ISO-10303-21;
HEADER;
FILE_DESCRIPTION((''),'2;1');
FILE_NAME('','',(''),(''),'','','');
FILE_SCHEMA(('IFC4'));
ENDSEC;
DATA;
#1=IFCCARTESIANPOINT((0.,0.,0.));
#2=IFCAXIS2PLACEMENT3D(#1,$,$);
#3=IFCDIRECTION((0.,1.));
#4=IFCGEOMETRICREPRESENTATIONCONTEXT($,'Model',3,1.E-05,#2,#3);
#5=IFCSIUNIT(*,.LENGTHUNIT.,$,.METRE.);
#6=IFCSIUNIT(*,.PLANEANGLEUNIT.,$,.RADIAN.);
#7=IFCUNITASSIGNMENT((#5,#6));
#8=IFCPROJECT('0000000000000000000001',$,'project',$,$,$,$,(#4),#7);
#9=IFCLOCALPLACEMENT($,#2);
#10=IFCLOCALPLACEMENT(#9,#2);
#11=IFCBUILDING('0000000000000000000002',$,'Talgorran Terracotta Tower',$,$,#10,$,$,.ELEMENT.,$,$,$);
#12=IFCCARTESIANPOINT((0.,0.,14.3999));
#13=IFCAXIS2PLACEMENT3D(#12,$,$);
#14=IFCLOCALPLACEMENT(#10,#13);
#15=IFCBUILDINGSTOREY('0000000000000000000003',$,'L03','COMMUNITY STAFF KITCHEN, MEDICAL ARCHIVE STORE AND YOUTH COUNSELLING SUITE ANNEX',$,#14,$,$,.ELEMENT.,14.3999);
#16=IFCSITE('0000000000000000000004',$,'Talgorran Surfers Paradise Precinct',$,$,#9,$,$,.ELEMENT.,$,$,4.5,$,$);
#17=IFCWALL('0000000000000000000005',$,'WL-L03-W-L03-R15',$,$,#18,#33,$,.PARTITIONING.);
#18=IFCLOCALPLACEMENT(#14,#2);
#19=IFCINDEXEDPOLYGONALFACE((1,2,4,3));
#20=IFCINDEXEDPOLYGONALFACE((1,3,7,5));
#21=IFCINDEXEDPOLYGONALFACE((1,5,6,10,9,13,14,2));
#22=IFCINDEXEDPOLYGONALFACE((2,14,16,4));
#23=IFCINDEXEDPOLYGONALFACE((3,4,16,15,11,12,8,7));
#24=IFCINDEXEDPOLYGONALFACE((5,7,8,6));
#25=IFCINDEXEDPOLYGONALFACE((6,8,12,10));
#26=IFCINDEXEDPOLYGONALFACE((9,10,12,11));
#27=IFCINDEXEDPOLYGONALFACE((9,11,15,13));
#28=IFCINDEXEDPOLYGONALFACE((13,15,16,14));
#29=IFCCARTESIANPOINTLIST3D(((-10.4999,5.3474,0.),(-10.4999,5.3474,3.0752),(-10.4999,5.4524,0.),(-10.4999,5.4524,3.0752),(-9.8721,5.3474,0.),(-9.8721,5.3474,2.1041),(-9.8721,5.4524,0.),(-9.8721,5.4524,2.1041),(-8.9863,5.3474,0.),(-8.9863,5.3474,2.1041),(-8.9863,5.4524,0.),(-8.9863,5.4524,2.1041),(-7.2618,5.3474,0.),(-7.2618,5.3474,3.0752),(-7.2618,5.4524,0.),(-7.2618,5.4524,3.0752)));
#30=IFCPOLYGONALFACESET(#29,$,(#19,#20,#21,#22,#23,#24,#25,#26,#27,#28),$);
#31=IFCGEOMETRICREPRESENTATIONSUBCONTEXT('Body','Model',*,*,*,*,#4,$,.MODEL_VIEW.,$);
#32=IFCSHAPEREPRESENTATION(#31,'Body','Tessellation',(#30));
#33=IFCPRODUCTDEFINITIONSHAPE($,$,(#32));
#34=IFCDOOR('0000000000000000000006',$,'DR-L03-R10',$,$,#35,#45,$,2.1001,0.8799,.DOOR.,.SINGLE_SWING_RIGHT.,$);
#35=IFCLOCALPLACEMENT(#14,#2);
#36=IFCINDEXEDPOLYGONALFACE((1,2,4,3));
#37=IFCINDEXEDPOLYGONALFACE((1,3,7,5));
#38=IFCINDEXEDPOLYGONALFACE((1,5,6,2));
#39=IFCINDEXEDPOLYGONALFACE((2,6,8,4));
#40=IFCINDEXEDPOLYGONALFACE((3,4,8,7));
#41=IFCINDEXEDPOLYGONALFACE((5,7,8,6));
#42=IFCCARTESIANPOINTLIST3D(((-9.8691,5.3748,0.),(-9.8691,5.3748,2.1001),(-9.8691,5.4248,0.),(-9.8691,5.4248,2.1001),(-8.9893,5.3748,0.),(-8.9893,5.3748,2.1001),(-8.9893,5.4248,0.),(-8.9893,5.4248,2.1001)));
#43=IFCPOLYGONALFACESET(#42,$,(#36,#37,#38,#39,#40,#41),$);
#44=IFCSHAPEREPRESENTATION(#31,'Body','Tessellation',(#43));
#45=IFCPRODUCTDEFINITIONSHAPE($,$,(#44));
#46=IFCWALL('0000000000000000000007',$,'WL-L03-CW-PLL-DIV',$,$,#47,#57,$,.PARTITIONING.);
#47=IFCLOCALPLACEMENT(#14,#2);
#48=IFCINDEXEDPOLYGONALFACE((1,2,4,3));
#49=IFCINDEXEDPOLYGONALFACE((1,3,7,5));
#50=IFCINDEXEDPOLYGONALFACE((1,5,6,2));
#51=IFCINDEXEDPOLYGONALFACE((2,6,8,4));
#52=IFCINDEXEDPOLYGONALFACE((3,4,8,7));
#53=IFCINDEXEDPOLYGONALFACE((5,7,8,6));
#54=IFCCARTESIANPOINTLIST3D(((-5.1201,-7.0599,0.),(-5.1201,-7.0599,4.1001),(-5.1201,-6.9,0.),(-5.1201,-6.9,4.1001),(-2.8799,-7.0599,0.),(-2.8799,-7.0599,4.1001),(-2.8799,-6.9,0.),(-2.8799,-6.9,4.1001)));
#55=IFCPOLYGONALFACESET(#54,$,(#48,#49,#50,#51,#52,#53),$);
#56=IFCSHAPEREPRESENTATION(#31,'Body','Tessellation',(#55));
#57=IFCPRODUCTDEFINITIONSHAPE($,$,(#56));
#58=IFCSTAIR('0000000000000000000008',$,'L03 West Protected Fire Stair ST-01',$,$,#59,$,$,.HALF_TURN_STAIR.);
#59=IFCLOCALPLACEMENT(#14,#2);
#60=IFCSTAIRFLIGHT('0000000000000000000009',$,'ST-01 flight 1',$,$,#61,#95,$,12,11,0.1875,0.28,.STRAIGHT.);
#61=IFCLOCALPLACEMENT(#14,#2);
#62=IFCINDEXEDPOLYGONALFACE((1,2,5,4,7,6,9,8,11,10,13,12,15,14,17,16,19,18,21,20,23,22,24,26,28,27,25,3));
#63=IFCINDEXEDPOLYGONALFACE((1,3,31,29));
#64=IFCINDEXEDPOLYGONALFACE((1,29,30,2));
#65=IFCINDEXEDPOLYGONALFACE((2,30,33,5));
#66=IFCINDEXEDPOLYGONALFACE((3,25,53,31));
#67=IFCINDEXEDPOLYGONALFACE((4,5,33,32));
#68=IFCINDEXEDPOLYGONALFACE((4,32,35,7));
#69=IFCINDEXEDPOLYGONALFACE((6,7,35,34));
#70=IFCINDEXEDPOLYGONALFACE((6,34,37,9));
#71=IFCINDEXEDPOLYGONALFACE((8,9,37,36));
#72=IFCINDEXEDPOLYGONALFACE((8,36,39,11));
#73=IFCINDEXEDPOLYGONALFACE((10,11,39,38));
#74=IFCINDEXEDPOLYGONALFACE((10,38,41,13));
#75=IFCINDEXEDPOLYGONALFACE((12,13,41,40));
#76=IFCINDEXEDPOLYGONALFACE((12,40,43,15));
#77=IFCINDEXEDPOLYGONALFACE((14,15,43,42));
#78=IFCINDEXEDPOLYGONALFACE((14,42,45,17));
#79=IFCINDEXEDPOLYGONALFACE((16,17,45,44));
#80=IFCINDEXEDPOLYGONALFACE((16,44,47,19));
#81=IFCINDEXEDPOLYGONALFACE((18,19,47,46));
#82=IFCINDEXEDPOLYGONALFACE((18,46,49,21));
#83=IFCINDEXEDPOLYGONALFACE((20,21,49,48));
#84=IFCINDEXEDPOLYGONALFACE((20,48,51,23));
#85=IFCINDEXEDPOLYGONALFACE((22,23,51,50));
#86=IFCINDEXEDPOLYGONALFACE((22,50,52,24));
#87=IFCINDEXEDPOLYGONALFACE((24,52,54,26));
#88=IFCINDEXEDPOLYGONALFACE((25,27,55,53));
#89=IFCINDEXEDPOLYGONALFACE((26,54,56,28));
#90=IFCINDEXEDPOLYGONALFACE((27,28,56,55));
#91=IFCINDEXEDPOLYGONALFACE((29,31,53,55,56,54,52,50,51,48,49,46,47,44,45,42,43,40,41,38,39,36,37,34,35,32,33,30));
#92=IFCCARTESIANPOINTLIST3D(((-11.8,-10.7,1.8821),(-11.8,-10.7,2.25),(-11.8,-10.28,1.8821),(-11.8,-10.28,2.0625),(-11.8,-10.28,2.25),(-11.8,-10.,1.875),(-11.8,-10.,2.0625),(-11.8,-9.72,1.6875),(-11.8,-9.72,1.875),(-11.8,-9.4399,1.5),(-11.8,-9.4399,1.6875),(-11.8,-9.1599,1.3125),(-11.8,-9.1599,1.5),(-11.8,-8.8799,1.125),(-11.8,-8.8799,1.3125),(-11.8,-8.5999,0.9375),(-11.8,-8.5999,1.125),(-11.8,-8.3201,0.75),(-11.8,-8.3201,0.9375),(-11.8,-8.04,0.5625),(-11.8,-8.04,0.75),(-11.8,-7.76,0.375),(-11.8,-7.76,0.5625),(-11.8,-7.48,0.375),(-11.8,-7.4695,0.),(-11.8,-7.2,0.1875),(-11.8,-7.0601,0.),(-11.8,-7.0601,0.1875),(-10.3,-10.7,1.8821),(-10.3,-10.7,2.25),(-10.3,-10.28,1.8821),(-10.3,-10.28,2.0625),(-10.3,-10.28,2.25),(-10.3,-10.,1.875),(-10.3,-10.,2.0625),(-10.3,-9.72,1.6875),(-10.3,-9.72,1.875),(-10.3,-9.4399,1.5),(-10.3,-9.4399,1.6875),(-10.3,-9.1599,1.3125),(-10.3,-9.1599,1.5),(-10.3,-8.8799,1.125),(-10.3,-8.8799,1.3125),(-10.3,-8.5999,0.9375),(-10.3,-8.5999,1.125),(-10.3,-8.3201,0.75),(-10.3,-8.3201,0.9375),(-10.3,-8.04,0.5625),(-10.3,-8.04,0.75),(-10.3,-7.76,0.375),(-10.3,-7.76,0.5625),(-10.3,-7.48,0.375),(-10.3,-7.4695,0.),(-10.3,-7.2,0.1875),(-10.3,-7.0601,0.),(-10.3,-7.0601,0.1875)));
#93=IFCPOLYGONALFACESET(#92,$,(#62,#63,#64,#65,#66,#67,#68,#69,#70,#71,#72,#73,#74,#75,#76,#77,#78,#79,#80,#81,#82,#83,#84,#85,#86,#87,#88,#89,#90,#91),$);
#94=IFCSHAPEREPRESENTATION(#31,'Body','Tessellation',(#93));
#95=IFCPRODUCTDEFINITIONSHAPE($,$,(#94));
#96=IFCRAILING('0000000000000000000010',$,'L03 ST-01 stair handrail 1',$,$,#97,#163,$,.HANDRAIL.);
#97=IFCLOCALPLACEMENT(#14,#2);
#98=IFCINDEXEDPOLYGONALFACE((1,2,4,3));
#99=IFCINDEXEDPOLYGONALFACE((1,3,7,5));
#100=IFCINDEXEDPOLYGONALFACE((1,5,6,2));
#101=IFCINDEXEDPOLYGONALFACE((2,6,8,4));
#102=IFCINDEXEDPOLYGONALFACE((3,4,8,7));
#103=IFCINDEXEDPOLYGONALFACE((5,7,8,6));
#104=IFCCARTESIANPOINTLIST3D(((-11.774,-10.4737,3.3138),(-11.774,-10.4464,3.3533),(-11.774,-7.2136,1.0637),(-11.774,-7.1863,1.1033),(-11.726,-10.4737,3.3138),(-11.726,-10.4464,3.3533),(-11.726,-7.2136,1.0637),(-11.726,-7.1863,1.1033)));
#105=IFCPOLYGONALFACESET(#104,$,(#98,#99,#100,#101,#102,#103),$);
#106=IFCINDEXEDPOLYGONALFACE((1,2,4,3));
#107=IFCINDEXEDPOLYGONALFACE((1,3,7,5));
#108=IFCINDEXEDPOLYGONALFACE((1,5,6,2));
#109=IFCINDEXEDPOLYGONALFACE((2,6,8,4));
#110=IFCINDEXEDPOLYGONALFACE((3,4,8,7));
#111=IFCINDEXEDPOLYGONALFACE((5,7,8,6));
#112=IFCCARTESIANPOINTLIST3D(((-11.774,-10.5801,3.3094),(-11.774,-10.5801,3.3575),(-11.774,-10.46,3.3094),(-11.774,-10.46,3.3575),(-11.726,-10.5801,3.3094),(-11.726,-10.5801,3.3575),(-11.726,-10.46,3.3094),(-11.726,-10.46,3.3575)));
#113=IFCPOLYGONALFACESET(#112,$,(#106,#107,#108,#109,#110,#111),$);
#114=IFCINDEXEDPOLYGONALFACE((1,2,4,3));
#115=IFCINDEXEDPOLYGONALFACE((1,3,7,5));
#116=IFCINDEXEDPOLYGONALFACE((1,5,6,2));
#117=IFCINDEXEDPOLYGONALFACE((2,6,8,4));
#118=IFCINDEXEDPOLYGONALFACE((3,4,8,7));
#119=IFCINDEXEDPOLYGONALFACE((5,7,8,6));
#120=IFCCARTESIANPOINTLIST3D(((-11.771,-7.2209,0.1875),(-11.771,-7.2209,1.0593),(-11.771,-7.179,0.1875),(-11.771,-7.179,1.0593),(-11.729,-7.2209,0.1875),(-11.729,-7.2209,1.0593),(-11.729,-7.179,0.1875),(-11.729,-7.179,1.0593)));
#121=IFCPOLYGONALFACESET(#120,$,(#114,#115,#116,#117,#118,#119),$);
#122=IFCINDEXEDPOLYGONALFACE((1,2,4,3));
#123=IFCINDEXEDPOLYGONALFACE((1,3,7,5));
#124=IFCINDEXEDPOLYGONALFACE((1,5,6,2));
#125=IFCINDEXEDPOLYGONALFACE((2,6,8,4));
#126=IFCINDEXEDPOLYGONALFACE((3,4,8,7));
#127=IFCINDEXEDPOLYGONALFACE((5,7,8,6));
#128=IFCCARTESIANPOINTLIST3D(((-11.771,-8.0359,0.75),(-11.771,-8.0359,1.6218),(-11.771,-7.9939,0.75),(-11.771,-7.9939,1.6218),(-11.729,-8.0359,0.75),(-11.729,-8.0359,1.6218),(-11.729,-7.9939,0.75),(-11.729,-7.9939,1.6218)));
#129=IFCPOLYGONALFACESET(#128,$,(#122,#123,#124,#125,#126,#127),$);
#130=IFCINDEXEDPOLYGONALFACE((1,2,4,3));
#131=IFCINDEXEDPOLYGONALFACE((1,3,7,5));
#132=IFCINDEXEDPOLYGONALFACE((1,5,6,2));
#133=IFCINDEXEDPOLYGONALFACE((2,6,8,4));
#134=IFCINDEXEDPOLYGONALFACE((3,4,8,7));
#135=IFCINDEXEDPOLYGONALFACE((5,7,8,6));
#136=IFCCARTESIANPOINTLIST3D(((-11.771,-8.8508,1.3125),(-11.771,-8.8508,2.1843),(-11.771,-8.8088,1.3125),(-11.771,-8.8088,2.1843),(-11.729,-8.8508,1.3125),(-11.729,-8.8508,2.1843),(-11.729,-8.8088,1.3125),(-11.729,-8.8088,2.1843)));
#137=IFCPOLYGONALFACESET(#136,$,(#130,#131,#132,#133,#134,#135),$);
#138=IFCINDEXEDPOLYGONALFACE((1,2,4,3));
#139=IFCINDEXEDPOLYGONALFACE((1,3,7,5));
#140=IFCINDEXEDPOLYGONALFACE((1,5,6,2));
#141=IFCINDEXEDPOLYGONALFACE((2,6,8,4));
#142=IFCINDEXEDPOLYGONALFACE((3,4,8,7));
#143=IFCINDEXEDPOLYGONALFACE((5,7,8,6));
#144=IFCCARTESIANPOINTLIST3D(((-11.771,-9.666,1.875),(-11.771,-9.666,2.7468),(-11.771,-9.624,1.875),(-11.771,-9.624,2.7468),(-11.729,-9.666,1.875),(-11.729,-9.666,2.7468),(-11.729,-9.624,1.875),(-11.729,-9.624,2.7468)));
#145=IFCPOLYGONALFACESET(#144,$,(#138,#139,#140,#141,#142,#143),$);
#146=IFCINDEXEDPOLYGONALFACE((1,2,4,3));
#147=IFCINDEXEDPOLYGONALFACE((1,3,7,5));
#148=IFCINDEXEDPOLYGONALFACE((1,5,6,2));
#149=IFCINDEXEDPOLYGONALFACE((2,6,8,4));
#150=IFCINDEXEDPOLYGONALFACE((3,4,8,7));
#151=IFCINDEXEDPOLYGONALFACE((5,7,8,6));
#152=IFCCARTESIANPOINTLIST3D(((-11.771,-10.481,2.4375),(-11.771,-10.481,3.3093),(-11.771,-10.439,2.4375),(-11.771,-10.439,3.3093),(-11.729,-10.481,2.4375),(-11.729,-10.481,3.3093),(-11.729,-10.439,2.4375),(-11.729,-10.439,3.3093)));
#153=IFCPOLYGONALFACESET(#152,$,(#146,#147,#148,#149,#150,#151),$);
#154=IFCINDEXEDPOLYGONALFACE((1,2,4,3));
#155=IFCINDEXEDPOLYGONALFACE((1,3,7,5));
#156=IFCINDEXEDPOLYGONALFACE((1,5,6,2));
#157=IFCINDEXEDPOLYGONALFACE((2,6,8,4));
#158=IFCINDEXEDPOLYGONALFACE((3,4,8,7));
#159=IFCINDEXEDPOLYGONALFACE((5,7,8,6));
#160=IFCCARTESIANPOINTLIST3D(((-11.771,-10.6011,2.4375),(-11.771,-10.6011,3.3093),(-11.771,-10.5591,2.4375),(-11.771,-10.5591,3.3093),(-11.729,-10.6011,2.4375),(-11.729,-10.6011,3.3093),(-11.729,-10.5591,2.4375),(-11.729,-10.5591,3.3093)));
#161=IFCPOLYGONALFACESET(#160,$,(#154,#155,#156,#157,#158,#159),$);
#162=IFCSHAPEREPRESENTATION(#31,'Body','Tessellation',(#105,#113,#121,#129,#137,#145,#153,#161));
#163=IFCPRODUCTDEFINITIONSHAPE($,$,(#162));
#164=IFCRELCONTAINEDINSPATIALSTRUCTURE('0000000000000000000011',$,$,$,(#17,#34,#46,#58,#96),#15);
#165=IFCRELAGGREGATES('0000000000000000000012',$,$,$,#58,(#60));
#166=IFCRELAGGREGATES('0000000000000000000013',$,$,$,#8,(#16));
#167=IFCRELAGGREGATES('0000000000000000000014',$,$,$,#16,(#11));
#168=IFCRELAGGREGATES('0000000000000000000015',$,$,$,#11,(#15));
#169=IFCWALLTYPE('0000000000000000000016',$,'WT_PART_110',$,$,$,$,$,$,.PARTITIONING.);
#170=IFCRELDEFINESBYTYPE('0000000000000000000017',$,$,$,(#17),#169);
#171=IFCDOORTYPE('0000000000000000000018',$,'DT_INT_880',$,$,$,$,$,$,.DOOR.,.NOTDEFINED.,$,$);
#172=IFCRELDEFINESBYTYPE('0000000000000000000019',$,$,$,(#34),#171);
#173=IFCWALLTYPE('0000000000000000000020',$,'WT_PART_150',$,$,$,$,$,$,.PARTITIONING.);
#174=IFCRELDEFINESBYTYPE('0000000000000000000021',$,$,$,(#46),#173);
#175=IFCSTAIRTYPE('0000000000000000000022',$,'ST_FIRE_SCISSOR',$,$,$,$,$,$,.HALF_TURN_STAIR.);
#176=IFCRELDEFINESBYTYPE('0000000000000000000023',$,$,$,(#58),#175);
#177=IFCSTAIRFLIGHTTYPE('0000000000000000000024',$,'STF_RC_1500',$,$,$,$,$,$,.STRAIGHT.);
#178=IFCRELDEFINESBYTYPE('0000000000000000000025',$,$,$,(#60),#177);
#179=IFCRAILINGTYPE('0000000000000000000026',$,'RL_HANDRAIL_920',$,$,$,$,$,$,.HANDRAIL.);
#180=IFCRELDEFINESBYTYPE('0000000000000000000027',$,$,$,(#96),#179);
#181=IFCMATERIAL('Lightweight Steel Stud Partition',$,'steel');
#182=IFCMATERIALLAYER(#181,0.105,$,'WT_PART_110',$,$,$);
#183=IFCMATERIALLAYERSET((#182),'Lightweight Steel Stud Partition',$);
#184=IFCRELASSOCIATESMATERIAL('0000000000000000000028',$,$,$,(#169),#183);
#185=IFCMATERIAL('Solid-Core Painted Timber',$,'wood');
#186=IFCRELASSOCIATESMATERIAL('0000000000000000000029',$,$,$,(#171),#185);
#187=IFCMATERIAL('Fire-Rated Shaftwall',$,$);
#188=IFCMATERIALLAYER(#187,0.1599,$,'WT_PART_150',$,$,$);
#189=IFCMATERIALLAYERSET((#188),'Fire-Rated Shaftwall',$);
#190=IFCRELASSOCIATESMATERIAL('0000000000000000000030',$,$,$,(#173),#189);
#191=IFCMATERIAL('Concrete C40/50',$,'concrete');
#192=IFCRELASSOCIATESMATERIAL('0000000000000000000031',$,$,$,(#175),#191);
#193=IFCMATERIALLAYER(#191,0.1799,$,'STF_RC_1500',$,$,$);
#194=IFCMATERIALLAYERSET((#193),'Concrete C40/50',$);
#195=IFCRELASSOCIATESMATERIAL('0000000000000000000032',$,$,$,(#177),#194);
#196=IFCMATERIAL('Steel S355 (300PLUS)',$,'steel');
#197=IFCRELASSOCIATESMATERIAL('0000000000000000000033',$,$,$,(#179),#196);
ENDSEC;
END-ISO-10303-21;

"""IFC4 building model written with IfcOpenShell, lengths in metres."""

from ifc_helpers import new_model, si_unit, direction, frame, frame_2d, origin, origin_2d, place, context, subcontext, project, spatial, polyline, rectangle, outline, extrude, material, layer, layer_set, type_object, element, fill, aggregate, save


model = new_model("IFC4")

# Units and contexts
model_context = context("Model", 3, precision=1e-05, world=origin(), true_north=direction((0.0, 1.0)))
body_context = subcontext(model_context, "Body", "Model", "MODEL_VIEW")
ifc_project = project(units=[si_unit("LENGTHUNIT", "METRE"), si_unit("PLANEANGLEUNIT", "RADIAN")], contexts=[model_context])

# Site, building, storey
site_placement = place(None, origin())
site = spatial("IfcSite", under=ifc_project, at=site_placement, Name="Talgorran Surfers Paradise Precinct", CompositionType="ELEMENT", RefElevation=4.5)
building_placement = place(site_placement, origin())
building = spatial("IfcBuilding", under=site, at=building_placement, Name="Talgorran Terracotta Tower", CompositionType="ELEMENT")
storey_placement = place(building_placement, frame((0.0, 0.0, 14.3999)))
storey = spatial("IfcBuildingStorey", under=building, at=storey_placement, Name="L03", Description="COMMUNITY STAFF KITCHEN, MEDICAL ARCHIVE STORE AND YOUTH COUNSELLING SUITE ANNEX", CompositionType="ELEMENT", Elevation=14.3999)

# Shared definitions
ifc_material_1 = material(Name="Steel S355 (300PLUS)", Category="steel")

# Shared definitions
ifc_material_2 = material(Name="Lightweight Steel Stud Partition", Category="steel")
ifc_layer_1 = layer(ifc_material_2, 0.105, Name="WT_PART_110")
ifc_layer_set_1 = layer_set([ifc_layer_1], Name="Lightweight Steel Stud Partition")
wall_type_1 = type_object("IfcWallType", Name="WT_PART_110", PredefinedType="PARTITIONING", material=ifc_layer_set_1)

# Wall, opening, door
wall_1_placement = place(storey_placement, frame((-10.5, 5.3999, 0.0), z_axis=(0.0, 0.0, 1.0), x_axis=(1.0, 0.0, 0.0)))
wall_1 = element("IfcWall", 1, at=wall_1_placement, inside=storey, type_object=wall_type_1, Name="WL-L03-W-L03-R15", PredefinedType="PARTITIONING", context=body_context, shape_type="SweptSolid", body=[
    extrude(rectangle(XDim=3.238, YDim=0.105, at=frame_2d((1.6191, 0.0))), origin(), (0.0, 0.0, 1.0), 3.0752),
])
opening_1_placement = place(wall_1_placement, frame((0.6309, 0.0, 0.0)))
opening_1 = element("IfcOpeningElement", 2, at=opening_1_placement, cuts=wall_1, PredefinedType="OPENING", context=body_context, shape_type="SweptSolid", body=[
    extrude(rectangle(XDim=0.8859, YDim=2.1041, at=frame_2d((0.4399, 1.052))), frame((0.0, 0.0625, 0.0), z_axis=(0.0, -1.0, 0.0), x_axis=(1.0, 0.0, 0.0)), (0.0, 0.0, 1.0), 0.125),
])
ifc_material_3 = material(Name="Solid-Core Painted Timber", Category="wood")
door_type_1 = type_object("IfcDoorType", Name="DT_INT_880", OperationType="NOTDEFINED", PredefinedType="DOOR", material=ifc_material_3)
door_1_placement = place(opening_1_placement, origin())
door_1 = element("IfcDoor", 3, at=door_1_placement, inside=storey, type_object=door_type_1, Name="DR-L03-R10", OperationType="SINGLE_SWING_RIGHT", OverallHeight=2.1001, OverallWidth=0.8799, PredefinedType="DOOR", context=body_context, shape_type="SweptSolid", body=[
    extrude(rectangle(XDim=0.8799, YDim=2.1001, at=frame_2d((0.4399, 1.05))), frame((0.0, 0.0249, 0.0), z_axis=(0.0, -1.0, 0.0), x_axis=(1.0, 0.0, 0.0)), (0.0, 0.0, 1.0), 0.05),
])
fill(opening_1, door_1)

# Wall
ifc_material_4 = material(Name="Fire-Rated Shaftwall")
ifc_layer_2 = layer(ifc_material_4, 0.1599, Name="WT_PART_150")
ifc_layer_set_2 = layer_set([ifc_layer_2], Name="Fire-Rated Shaftwall")
wall_type_2 = type_object("IfcWallType", Name="WT_PART_150", PredefinedType="PARTITIONING", material=ifc_layer_set_2)
wall_2_placement = place(storey_placement, frame((-5.1201, -6.98, 0.0), z_axis=(0.0, 0.0, 1.0), x_axis=(1.0, 0.0, 0.0)))
element("IfcWall", 4, at=wall_2_placement, inside=storey, type_object=wall_type_2, Name="WL-L03-CW-PLL-DIV", PredefinedType="PARTITIONING", context=body_context, shape_type="SweptSolid", body=[
    extrude(rectangle(XDim=2.2402, YDim=0.1599, at=frame_2d((1.1201, 0.0))), origin(), (0.0, 0.0, 1.0), 4.1001),
])

# Stair, stair flight
ifc_material_5 = material(Name="Concrete C40/50", Category="concrete")
stair_type = type_object("IfcStairType", Name="ST_FIRE_SCISSOR", PredefinedType="HALF_TURN_STAIR", material=ifc_material_5)
stair_placement = place(storey_placement, origin())
stair = element("IfcStair", 5, at=stair_placement, inside=storey, type_object=stair_type, Name="L03 West Protected Fire Stair ST-01", PredefinedType="HALF_TURN_STAIR")
ifc_layer_3 = layer(ifc_material_5, 0.1799, Name="STF_RC_1500")
ifc_layer_set_3 = layer_set([ifc_layer_3], Name="Concrete C40/50")
stair_flight_type = type_object("IfcStairFlightType", Name="STF_RC_1500", PredefinedType="STRAIGHT", material=ifc_layer_set_3)
stair_flight_placement = place(storey_placement, frame((-11.05, -7.2, 0.0), z_axis=(0.0, 0.0, 1.0), x_axis=(0.0, -1.0, 0.0)))
stair_flight = element("IfcStairFlight", 6, at=stair_flight_placement, type_object=stair_flight_type, Name="ST-01 flight 1", NumberOfRisers=12, NumberOfTreads=11, PredefinedType="STRAIGHT", RiserHeight=0.1875, TreadLength=0.28, context=body_context, shape_type="SweptSolid", body=[
    extrude(outline(polyline([(-0.1399, 0.0), (-0.1399, 0.1875), (0.0, 0.1875), (0.28, 0.375), (0.5601, 0.375), (0.5601, 0.5625), (0.8401, 0.5625), (0.8401, 0.75), (1.1201, 0.75), (1.1201, 0.9375), (1.3999, 0.9375), (1.3999, 1.125), (1.6799, 1.125), (1.6799, 1.3125), (1.96, 1.3125), (1.96, 1.5), (2.24, 1.5), (2.24, 1.6875), (2.52, 1.6875), (2.52, 1.875), (2.8, 1.875), (2.8, 2.0625), (3.0801, 2.0625), (3.0801, 2.25), (3.5, 2.25), (3.5, 1.8821), (3.0801, 1.8821), (0.2695, 0.0), (-0.1399, 0.0)])), frame((0.0, 0.75, 0.0), z_axis=(0.0, -1.0, 0.0), x_axis=(1.0, 0.0, 0.0)), (0.0, 0.0, 1.0), 1.5),
])
aggregate(stair, [stair_flight])

# Railing
railing_type_1 = type_object("IfcRailingType", Name="RL_HANDRAIL_920", PredefinedType="HANDRAIL", material=ifc_material_1)
railing_1_placement = place(storey_placement, frame((-11.75, -7.2, 0.1875)))
element("IfcRailing", 7, at=railing_1_placement, inside=storey, type_object=railing_type_1, Name="L03 ST-01 stair handrail 1", PredefinedType="HANDRAIL", context=body_context, shape_type="SweptSolid", body=[
    extrude(rectangle(XDim=0.0481, YDim=0.0481, at=origin_2d()), frame((0.0, 0.0, 0.896), z_axis=(0.0, -0.82301, 0.568027), x_axis=(1.0, 0.0, 0.0)), (0.0, 0.0, 1.0), 3.9612),
    extrude(rectangle(XDim=0.0481, YDim=0.0481, at=origin_2d()), frame((0.0, -3.26, 3.146), z_axis=(0.0, -1.0, 0.0), x_axis=(1.0, 0.0, 0.0)), (0.0, 0.0, 1.0), 0.1201),
    extrude(rectangle(XDim=0.042, YDim=0.042, at=origin_2d()), origin(), (0.0, 0.0, 1.0), 0.8718),
    extrude(rectangle(XDim=0.042, YDim=0.042, at=origin_2d()), frame((0.0, -0.8149, 0.5625)), (0.0, 0.0, 1.0), 0.8718),
    extrude(rectangle(XDim=0.042, YDim=0.042, at=origin_2d()), frame((0.0, -1.6299, 1.125)), (0.0, 0.0, 1.0), 0.8718),
    extrude(rectangle(XDim=0.042, YDim=0.042, at=origin_2d()), frame((0.0, -2.4451, 1.6875)), (0.0, 0.0, 1.0), 0.8718),
    extrude(rectangle(XDim=0.042, YDim=0.042, at=origin_2d()), frame((0.0, -3.26, 2.25)), (0.0, 0.0, 1.0), 0.8718),
    extrude(rectangle(XDim=0.042, YDim=0.042, at=origin_2d()), frame((0.0, -3.3801, 2.25)), (0.0, 0.0, 1.0), 0.8718),
])

save(model, "model.ifc")
